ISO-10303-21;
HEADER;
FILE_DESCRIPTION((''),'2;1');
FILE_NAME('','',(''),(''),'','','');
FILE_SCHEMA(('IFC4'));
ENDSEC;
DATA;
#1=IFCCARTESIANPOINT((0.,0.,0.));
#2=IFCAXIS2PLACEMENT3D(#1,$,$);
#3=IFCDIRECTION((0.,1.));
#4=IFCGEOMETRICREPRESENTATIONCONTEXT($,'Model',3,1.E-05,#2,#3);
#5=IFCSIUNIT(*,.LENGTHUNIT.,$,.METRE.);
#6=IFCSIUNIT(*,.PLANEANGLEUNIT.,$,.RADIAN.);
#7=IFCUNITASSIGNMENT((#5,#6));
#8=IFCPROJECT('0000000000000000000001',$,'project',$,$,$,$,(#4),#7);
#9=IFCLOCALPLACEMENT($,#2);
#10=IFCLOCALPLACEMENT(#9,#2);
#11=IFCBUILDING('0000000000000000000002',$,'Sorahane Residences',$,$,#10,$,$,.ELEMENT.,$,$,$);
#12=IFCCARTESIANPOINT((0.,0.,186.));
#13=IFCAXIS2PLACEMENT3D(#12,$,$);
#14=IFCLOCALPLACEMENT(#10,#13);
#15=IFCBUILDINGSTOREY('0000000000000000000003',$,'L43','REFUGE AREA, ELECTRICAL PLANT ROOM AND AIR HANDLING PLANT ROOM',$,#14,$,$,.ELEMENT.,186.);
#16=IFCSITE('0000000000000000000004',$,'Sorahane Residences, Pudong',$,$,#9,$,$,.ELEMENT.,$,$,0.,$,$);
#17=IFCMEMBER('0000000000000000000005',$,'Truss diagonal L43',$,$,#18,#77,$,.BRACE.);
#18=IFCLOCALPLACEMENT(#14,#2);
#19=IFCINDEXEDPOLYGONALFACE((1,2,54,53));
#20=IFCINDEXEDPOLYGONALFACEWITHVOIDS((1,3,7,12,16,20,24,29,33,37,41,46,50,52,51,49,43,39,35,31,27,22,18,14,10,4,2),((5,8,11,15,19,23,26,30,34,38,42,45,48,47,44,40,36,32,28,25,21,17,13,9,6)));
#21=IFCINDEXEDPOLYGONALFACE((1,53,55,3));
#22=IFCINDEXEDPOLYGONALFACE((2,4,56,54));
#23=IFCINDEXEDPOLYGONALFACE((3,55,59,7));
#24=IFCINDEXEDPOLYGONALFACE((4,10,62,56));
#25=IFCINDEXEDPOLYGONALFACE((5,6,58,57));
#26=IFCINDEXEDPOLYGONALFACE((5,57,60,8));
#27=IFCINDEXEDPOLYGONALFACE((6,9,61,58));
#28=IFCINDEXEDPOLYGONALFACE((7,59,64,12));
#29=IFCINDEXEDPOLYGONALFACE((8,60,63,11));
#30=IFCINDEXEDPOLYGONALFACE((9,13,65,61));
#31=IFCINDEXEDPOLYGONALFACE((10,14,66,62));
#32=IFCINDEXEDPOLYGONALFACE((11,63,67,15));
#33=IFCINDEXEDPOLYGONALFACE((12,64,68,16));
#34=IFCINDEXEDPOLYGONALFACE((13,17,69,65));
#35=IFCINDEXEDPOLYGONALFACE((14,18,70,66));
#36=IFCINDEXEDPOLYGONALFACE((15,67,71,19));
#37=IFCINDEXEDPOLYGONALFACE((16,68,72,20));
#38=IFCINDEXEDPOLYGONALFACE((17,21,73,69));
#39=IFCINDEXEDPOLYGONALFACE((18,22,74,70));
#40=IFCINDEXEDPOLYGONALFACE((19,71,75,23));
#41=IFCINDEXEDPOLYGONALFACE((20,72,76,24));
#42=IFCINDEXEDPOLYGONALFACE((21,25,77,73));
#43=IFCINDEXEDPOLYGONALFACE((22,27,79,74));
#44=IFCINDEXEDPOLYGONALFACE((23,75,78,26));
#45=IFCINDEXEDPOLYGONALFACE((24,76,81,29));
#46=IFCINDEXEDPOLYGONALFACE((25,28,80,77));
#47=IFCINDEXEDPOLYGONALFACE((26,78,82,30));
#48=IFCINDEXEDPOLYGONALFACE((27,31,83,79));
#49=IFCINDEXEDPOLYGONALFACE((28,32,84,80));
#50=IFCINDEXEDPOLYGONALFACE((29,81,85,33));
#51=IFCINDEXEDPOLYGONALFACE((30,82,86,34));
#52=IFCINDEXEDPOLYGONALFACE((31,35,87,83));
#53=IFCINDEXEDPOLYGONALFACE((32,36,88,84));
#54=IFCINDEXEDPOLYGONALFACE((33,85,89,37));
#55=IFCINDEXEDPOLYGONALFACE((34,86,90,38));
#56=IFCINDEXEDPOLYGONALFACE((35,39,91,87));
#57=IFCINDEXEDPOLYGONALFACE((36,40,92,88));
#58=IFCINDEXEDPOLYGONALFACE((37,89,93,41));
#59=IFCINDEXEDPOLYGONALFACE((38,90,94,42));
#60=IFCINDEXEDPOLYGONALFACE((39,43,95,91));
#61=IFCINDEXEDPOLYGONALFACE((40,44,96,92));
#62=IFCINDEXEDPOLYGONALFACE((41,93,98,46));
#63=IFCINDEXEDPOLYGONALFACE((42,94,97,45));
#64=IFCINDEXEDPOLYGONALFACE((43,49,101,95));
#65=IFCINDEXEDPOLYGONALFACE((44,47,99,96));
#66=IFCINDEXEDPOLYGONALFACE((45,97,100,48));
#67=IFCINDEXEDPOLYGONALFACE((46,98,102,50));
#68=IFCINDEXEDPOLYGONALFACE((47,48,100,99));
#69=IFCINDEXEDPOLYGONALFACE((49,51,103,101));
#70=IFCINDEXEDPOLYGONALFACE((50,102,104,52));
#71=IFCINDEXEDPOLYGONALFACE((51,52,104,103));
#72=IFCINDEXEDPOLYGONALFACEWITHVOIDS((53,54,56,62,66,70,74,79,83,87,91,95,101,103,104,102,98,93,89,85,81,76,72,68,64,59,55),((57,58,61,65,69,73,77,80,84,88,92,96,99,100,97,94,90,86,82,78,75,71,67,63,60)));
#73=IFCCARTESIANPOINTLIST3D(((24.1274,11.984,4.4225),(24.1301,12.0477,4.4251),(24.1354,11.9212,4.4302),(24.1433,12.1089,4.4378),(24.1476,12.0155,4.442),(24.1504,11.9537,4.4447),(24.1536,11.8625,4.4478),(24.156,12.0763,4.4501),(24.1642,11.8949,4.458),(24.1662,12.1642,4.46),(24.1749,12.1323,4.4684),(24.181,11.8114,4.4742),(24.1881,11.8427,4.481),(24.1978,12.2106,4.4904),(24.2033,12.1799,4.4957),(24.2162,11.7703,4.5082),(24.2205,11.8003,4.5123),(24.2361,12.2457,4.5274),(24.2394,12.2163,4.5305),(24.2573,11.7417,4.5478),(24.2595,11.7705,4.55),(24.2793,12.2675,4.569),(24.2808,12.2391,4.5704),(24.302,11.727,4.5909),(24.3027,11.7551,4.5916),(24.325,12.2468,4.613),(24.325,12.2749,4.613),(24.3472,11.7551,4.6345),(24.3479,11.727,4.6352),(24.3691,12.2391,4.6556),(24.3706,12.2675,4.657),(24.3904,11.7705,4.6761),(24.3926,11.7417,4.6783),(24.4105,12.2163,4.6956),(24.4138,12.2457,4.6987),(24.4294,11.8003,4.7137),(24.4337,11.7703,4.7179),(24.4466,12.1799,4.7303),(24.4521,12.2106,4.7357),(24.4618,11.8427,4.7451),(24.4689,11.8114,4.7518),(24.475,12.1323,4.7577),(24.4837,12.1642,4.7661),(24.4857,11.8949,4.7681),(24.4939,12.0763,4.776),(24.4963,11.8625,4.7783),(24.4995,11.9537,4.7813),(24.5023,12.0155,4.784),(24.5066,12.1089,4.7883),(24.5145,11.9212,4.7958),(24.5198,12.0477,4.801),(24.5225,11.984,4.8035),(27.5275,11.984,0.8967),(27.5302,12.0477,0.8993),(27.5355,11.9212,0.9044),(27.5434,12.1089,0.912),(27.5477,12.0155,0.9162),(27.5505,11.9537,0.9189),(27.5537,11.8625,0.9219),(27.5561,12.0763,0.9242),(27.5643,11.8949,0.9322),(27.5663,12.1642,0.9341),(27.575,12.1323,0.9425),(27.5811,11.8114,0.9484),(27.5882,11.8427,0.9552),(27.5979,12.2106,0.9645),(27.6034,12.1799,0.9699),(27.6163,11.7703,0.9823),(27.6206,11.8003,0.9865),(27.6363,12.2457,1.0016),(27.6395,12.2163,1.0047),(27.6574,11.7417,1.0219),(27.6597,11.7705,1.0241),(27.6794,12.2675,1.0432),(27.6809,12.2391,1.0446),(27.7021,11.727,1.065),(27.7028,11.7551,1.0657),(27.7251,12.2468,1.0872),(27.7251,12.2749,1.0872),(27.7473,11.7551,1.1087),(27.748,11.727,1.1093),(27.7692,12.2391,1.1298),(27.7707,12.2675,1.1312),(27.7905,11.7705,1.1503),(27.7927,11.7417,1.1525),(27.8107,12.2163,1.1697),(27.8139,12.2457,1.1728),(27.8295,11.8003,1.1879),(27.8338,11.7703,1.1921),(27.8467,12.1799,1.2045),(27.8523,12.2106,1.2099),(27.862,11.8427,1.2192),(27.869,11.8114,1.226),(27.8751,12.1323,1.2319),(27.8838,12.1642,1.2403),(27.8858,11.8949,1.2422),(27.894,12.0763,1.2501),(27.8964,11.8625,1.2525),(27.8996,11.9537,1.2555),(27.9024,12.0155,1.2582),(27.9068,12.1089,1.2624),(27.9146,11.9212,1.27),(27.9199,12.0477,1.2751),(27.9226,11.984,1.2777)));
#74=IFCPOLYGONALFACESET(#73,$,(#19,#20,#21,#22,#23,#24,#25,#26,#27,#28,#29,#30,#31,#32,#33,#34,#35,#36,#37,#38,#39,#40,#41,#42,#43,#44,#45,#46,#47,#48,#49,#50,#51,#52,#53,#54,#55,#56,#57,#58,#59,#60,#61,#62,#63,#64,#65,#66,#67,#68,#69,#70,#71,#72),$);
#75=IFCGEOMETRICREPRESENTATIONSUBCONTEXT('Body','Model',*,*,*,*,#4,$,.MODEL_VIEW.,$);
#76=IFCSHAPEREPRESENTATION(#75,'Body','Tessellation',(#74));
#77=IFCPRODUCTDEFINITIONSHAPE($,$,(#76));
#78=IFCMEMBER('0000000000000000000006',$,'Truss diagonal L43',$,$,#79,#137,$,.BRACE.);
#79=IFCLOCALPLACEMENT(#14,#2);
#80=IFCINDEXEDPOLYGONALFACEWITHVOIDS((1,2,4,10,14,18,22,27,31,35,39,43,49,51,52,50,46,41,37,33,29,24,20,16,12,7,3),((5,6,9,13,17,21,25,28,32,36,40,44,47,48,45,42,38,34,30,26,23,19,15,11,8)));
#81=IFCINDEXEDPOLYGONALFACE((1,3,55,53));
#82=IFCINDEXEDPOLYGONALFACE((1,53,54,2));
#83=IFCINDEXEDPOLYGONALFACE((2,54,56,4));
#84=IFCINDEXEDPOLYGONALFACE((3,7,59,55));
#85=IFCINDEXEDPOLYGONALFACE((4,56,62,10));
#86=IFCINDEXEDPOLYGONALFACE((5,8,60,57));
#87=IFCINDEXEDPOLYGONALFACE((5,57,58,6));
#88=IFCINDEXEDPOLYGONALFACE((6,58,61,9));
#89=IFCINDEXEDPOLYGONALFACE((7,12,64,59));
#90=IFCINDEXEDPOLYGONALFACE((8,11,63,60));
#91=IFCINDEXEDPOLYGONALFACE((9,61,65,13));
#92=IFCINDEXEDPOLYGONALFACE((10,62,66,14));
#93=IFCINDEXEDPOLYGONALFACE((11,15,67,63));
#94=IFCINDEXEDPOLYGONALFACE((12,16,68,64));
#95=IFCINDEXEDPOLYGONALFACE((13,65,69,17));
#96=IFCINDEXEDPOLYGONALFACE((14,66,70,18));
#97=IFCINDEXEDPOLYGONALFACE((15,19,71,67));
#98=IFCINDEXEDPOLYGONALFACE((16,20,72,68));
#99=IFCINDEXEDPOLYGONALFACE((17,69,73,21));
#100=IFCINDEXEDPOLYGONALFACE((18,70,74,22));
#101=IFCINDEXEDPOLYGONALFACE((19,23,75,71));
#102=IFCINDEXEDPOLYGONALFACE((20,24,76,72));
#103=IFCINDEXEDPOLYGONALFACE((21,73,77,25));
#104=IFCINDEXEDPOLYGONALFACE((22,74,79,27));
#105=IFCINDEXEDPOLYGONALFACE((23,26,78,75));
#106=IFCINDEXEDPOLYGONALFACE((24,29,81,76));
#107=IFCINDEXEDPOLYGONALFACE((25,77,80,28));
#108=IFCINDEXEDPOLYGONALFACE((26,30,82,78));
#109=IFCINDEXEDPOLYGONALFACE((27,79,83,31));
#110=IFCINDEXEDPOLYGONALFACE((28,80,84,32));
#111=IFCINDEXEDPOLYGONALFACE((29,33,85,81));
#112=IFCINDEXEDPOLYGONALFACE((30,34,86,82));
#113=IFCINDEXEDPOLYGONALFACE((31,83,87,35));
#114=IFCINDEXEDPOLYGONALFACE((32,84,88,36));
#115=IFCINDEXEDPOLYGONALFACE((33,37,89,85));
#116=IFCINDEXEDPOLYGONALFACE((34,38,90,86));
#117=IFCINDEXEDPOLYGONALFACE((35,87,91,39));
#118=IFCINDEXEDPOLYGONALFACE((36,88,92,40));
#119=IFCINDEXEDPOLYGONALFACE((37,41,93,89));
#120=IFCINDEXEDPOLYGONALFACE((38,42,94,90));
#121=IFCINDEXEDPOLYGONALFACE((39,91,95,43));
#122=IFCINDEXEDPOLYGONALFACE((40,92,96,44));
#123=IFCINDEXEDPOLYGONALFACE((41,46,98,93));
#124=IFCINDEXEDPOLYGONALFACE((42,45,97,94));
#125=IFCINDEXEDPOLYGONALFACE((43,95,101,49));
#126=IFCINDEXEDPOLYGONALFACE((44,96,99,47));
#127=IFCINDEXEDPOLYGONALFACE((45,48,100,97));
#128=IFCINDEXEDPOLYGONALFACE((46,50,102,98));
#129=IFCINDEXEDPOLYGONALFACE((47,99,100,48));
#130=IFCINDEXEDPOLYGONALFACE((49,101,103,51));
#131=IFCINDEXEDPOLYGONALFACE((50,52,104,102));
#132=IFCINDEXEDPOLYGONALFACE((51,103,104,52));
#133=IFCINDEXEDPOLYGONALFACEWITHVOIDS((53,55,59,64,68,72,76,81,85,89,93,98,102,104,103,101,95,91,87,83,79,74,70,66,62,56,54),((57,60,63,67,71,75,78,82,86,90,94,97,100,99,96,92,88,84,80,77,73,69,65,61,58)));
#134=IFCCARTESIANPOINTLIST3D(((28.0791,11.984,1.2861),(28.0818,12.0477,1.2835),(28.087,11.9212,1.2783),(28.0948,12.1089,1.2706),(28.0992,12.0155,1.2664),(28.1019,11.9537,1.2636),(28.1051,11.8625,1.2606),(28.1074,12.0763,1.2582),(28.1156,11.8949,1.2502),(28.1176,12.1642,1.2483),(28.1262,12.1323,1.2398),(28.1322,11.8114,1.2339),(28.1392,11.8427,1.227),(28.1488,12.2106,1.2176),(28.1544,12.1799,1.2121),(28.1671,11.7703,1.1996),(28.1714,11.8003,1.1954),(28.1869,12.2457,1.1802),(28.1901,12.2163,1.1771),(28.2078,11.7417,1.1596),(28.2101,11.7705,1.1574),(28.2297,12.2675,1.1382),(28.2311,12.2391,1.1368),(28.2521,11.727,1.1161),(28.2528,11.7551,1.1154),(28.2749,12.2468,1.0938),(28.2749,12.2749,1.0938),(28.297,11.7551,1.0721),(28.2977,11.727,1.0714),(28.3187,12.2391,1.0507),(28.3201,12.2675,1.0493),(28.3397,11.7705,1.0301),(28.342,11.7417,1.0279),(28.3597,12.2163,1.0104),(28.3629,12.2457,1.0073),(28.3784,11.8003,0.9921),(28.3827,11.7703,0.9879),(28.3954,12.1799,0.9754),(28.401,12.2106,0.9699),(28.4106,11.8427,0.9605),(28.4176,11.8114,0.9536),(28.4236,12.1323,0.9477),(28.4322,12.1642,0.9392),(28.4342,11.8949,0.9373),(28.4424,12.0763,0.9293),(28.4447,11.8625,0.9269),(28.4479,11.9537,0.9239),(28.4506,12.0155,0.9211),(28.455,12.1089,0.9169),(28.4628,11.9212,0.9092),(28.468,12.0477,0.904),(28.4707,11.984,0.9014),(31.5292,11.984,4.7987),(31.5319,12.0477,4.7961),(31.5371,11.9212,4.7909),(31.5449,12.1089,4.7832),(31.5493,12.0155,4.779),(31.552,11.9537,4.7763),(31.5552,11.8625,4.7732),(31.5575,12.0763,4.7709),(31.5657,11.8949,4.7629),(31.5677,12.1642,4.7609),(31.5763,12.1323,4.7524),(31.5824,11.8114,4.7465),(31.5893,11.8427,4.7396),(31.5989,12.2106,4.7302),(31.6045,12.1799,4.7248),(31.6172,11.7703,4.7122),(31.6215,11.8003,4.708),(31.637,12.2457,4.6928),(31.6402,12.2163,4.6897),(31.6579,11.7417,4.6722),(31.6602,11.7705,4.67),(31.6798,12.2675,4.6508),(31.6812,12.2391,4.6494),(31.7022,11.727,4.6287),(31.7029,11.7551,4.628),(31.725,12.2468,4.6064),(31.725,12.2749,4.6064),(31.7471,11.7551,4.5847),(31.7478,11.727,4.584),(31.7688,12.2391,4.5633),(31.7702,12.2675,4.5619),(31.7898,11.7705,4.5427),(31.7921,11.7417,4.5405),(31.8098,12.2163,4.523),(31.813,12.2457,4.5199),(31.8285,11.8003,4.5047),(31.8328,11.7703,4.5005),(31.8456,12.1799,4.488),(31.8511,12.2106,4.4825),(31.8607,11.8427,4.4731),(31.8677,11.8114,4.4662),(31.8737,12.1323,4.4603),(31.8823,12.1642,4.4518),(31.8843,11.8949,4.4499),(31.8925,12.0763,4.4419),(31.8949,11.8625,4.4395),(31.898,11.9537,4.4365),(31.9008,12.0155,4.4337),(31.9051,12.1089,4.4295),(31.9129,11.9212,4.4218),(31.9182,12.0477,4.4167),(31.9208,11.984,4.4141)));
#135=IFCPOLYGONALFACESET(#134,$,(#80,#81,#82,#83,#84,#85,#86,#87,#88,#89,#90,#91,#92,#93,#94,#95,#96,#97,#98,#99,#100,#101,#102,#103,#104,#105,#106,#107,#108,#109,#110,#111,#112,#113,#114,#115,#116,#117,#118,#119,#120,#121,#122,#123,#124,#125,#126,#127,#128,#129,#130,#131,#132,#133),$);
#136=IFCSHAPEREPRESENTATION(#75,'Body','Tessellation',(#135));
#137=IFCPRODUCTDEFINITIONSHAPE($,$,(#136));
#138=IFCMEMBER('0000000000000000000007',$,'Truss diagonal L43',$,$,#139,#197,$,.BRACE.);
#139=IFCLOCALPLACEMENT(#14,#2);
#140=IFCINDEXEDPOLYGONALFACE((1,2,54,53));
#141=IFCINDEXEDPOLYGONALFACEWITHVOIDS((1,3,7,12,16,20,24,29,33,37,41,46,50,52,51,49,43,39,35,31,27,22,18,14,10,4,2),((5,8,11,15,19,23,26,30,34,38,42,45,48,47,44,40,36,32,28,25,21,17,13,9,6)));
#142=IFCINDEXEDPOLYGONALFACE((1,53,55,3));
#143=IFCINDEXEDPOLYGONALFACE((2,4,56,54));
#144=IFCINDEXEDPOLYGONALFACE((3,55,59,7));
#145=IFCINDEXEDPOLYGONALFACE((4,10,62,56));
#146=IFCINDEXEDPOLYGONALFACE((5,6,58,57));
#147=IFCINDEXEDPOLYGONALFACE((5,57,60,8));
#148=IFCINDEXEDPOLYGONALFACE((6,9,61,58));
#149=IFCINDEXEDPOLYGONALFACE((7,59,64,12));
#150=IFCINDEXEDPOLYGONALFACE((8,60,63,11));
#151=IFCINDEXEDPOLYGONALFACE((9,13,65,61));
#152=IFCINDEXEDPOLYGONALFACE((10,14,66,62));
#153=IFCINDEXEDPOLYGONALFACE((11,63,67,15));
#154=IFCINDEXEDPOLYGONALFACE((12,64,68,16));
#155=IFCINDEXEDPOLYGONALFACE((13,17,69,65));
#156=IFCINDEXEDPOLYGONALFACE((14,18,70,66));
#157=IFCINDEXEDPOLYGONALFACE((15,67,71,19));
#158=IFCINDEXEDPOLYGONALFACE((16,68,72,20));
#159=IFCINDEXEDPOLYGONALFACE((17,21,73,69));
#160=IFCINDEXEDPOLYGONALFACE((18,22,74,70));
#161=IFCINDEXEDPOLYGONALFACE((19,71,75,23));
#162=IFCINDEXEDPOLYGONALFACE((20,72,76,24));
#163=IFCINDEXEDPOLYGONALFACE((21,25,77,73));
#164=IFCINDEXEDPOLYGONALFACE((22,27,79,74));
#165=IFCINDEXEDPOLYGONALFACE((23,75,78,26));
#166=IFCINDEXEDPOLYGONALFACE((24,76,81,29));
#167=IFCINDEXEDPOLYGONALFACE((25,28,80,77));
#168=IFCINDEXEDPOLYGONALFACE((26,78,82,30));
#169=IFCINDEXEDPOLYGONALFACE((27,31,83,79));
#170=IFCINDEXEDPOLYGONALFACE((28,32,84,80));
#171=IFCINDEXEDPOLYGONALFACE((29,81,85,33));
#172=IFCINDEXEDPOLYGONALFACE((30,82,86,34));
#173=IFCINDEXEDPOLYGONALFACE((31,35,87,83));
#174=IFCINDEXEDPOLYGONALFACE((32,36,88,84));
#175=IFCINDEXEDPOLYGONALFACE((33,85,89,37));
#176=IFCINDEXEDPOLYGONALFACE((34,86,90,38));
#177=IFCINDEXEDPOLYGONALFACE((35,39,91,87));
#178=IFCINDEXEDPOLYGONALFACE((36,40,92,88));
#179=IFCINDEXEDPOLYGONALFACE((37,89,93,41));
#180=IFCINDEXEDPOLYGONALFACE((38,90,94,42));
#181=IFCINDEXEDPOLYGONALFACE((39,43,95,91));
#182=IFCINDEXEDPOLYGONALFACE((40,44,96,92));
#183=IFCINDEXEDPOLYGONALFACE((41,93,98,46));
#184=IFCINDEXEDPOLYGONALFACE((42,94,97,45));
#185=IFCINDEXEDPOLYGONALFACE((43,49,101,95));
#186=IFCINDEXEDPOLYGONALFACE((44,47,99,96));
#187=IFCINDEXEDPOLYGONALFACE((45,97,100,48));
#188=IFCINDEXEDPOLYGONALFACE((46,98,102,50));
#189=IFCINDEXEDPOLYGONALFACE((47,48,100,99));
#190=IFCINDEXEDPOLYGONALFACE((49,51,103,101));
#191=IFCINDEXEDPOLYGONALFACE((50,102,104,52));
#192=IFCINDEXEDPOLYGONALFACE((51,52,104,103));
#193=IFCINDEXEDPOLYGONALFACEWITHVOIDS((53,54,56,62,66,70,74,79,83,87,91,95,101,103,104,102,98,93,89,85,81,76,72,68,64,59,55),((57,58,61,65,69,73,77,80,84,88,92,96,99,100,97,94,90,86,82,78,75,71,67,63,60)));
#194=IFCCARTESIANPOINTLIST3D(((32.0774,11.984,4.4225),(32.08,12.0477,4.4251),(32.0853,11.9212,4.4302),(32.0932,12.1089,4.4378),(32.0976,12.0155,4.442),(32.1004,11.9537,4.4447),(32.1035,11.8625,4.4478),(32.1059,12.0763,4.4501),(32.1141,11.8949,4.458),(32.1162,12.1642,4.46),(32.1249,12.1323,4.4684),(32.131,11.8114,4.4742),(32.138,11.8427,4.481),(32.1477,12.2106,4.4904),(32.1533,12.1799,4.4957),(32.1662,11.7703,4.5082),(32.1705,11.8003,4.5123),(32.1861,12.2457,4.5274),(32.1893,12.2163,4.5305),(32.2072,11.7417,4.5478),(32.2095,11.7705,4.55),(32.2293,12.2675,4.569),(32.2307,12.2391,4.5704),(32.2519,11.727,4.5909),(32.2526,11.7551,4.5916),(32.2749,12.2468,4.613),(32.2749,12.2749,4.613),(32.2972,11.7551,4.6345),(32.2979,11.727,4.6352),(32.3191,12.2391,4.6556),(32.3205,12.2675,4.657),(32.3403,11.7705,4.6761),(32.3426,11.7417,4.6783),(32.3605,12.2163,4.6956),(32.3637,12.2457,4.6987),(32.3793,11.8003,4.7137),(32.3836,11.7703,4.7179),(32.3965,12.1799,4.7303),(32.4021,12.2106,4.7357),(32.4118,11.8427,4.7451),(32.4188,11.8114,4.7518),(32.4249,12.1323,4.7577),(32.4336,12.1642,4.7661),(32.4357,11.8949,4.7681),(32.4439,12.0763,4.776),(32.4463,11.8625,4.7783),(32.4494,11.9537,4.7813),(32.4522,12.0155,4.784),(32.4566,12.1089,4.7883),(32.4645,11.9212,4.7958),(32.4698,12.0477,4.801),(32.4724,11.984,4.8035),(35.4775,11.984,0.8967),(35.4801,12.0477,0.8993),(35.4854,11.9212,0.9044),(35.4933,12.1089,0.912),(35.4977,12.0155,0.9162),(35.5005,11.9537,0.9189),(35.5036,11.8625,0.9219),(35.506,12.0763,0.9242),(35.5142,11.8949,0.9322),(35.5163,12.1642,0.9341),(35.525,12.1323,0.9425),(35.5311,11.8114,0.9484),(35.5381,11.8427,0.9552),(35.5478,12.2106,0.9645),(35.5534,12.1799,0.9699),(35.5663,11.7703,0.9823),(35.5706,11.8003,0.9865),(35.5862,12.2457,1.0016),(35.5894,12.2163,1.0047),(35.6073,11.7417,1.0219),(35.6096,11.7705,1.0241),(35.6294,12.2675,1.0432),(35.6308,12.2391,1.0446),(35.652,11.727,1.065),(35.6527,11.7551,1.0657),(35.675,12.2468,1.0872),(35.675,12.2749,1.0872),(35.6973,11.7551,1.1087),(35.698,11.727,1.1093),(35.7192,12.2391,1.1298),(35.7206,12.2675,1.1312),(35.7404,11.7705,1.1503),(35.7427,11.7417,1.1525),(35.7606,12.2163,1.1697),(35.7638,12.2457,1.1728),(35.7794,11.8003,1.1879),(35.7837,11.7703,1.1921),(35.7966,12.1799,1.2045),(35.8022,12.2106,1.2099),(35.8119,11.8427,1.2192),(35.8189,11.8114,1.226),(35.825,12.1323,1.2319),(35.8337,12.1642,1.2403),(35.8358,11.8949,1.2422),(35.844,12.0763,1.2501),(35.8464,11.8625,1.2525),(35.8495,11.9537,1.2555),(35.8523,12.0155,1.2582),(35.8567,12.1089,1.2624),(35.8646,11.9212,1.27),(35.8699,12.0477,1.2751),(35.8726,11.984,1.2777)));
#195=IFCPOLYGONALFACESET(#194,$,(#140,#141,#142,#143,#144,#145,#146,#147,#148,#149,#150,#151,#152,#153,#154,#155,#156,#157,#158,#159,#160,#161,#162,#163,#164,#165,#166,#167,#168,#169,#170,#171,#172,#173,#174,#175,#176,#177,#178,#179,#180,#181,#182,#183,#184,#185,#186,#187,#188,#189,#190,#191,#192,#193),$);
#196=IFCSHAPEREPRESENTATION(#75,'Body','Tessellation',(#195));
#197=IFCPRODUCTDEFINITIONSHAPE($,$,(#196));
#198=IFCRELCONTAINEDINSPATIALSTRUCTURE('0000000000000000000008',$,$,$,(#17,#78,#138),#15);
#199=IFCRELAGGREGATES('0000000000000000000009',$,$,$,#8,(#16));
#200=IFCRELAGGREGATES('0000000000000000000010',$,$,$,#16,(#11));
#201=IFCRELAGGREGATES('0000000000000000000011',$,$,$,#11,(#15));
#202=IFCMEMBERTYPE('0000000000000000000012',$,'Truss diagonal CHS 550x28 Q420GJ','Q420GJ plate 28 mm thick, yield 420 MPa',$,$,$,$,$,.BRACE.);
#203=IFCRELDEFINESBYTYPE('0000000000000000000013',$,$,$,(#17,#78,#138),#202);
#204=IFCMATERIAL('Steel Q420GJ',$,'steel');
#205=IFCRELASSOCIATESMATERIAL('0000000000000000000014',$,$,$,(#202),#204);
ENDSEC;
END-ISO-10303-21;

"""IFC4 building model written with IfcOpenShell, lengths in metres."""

from ifc_helpers import new_model, si_unit, direction, frame, origin, origin_2d, place, context, subcontext, project, spatial, hollow_circle, extrude, material, material_profile, profile_set, type_object, element, save


model = new_model("IFC4")

# Units and contexts
model_context = context("Model", 3, precision=1e-05, world=origin(), true_north=direction((0.0, 1.0)))
body_context = subcontext(model_context, "Body", "Model", "MODEL_VIEW")
ifc_project = project(units=[si_unit("LENGTHUNIT", "METRE"), si_unit("PLANEANGLEUNIT", "RADIAN")], contexts=[model_context])

# Site, building, storey
site_placement = place(None, origin())
site = spatial("IfcSite", under=ifc_project, at=site_placement, Name="Sorahane Residences, Pudong", CompositionType="ELEMENT", RefElevation=0.0)
building_placement = place(site_placement, origin())
building = spatial("IfcBuilding", under=site, at=building_placement, Name="Sorahane Residences", CompositionType="ELEMENT")
storey_placement = place(building_placement, frame((0.0, 0.0, 186.0)))
storey = spatial("IfcBuildingStorey", under=building, at=storey_placement, Name="L43", Description="REFUGE AREA, ELECTRICAL PLANT ROOM AND AIR HANDLING PLANT ROOM", CompositionType="ELEMENT", Elevation=186.0)

# Members
ifc_material_1 = material(Name="Steel Q420GJ", Category="steel")
ifc_material_profile_1 = material_profile(ifc_material_1, hollow_circle(Radius=0.2749, WallThickness=0.0281, at=origin_2d()), Name="CHS 550x28")
ifc_profile_set_1 = profile_set([ifc_material_profile_1], Name="Steel Q420GJ")
member_type = type_object("IfcMemberType", Name="Truss diagonal CHS 550x28 Q420GJ", Description="Q420GJ plate 28 mm thick, yield 420 MPa", PredefinedType="BRACE", material=ifc_profile_set_1)
for number, where, z_axis, x_axis, name in (
    (1, (24.325, 12.0, 4.613), (0.694156, 0.0, -0.719825), (0.0, 1.0, 0.0), "Truss diagonal L43"),
):
    element("IfcMember", number, at=place(storey_placement, frame(where, z_axis=z_axis, x_axis=x_axis)), inside=storey, type_object=member_type, Name=name, PredefinedType="BRACE", context=body_context, shape_type="SweptSolid", body=[
        extrude(hollow_circle(Radius=0.2749, WallThickness=0.0281, at=origin_2d()), origin(), (0.0, 0.0, 1.0), 4.8982),
    ])
member_placement = place(storey_placement, frame((28.2749, 12.0, 1.0938), z_axis=(0.700731, 0.0, 0.713425), x_axis=(0.0, 1.0, 0.0)))
element("IfcMember", 2, at=member_placement, inside=storey, type_object=member_type, Name="Truss diagonal L43", PredefinedType="BRACE", context=body_context, shape_type="SweptSolid", body=[
    extrude(hollow_circle(Radius=0.2749, WallThickness=0.0281, at=origin_2d()), origin(), (0.0, 0.0, 1.0), 4.9236),
])
for number, where, z_axis, x_axis, name in (
    (3, (32.2749, 12.0, 4.613), (0.694156, 0.0, -0.719825), (0.0, 1.0, 0.0), "Truss diagonal L43"),
):
    element("IfcMember", number, at=place(storey_placement, frame(where, z_axis=z_axis, x_axis=x_axis)), inside=storey, type_object=member_type, Name=name, PredefinedType="BRACE", context=body_context, shape_type="SweptSolid", body=[
        extrude(hollow_circle(Radius=0.2749, WallThickness=0.0281, at=origin_2d()), origin(), (0.0, 0.0, 1.0), 4.8982),
    ])

save(model, "model.ifc")
